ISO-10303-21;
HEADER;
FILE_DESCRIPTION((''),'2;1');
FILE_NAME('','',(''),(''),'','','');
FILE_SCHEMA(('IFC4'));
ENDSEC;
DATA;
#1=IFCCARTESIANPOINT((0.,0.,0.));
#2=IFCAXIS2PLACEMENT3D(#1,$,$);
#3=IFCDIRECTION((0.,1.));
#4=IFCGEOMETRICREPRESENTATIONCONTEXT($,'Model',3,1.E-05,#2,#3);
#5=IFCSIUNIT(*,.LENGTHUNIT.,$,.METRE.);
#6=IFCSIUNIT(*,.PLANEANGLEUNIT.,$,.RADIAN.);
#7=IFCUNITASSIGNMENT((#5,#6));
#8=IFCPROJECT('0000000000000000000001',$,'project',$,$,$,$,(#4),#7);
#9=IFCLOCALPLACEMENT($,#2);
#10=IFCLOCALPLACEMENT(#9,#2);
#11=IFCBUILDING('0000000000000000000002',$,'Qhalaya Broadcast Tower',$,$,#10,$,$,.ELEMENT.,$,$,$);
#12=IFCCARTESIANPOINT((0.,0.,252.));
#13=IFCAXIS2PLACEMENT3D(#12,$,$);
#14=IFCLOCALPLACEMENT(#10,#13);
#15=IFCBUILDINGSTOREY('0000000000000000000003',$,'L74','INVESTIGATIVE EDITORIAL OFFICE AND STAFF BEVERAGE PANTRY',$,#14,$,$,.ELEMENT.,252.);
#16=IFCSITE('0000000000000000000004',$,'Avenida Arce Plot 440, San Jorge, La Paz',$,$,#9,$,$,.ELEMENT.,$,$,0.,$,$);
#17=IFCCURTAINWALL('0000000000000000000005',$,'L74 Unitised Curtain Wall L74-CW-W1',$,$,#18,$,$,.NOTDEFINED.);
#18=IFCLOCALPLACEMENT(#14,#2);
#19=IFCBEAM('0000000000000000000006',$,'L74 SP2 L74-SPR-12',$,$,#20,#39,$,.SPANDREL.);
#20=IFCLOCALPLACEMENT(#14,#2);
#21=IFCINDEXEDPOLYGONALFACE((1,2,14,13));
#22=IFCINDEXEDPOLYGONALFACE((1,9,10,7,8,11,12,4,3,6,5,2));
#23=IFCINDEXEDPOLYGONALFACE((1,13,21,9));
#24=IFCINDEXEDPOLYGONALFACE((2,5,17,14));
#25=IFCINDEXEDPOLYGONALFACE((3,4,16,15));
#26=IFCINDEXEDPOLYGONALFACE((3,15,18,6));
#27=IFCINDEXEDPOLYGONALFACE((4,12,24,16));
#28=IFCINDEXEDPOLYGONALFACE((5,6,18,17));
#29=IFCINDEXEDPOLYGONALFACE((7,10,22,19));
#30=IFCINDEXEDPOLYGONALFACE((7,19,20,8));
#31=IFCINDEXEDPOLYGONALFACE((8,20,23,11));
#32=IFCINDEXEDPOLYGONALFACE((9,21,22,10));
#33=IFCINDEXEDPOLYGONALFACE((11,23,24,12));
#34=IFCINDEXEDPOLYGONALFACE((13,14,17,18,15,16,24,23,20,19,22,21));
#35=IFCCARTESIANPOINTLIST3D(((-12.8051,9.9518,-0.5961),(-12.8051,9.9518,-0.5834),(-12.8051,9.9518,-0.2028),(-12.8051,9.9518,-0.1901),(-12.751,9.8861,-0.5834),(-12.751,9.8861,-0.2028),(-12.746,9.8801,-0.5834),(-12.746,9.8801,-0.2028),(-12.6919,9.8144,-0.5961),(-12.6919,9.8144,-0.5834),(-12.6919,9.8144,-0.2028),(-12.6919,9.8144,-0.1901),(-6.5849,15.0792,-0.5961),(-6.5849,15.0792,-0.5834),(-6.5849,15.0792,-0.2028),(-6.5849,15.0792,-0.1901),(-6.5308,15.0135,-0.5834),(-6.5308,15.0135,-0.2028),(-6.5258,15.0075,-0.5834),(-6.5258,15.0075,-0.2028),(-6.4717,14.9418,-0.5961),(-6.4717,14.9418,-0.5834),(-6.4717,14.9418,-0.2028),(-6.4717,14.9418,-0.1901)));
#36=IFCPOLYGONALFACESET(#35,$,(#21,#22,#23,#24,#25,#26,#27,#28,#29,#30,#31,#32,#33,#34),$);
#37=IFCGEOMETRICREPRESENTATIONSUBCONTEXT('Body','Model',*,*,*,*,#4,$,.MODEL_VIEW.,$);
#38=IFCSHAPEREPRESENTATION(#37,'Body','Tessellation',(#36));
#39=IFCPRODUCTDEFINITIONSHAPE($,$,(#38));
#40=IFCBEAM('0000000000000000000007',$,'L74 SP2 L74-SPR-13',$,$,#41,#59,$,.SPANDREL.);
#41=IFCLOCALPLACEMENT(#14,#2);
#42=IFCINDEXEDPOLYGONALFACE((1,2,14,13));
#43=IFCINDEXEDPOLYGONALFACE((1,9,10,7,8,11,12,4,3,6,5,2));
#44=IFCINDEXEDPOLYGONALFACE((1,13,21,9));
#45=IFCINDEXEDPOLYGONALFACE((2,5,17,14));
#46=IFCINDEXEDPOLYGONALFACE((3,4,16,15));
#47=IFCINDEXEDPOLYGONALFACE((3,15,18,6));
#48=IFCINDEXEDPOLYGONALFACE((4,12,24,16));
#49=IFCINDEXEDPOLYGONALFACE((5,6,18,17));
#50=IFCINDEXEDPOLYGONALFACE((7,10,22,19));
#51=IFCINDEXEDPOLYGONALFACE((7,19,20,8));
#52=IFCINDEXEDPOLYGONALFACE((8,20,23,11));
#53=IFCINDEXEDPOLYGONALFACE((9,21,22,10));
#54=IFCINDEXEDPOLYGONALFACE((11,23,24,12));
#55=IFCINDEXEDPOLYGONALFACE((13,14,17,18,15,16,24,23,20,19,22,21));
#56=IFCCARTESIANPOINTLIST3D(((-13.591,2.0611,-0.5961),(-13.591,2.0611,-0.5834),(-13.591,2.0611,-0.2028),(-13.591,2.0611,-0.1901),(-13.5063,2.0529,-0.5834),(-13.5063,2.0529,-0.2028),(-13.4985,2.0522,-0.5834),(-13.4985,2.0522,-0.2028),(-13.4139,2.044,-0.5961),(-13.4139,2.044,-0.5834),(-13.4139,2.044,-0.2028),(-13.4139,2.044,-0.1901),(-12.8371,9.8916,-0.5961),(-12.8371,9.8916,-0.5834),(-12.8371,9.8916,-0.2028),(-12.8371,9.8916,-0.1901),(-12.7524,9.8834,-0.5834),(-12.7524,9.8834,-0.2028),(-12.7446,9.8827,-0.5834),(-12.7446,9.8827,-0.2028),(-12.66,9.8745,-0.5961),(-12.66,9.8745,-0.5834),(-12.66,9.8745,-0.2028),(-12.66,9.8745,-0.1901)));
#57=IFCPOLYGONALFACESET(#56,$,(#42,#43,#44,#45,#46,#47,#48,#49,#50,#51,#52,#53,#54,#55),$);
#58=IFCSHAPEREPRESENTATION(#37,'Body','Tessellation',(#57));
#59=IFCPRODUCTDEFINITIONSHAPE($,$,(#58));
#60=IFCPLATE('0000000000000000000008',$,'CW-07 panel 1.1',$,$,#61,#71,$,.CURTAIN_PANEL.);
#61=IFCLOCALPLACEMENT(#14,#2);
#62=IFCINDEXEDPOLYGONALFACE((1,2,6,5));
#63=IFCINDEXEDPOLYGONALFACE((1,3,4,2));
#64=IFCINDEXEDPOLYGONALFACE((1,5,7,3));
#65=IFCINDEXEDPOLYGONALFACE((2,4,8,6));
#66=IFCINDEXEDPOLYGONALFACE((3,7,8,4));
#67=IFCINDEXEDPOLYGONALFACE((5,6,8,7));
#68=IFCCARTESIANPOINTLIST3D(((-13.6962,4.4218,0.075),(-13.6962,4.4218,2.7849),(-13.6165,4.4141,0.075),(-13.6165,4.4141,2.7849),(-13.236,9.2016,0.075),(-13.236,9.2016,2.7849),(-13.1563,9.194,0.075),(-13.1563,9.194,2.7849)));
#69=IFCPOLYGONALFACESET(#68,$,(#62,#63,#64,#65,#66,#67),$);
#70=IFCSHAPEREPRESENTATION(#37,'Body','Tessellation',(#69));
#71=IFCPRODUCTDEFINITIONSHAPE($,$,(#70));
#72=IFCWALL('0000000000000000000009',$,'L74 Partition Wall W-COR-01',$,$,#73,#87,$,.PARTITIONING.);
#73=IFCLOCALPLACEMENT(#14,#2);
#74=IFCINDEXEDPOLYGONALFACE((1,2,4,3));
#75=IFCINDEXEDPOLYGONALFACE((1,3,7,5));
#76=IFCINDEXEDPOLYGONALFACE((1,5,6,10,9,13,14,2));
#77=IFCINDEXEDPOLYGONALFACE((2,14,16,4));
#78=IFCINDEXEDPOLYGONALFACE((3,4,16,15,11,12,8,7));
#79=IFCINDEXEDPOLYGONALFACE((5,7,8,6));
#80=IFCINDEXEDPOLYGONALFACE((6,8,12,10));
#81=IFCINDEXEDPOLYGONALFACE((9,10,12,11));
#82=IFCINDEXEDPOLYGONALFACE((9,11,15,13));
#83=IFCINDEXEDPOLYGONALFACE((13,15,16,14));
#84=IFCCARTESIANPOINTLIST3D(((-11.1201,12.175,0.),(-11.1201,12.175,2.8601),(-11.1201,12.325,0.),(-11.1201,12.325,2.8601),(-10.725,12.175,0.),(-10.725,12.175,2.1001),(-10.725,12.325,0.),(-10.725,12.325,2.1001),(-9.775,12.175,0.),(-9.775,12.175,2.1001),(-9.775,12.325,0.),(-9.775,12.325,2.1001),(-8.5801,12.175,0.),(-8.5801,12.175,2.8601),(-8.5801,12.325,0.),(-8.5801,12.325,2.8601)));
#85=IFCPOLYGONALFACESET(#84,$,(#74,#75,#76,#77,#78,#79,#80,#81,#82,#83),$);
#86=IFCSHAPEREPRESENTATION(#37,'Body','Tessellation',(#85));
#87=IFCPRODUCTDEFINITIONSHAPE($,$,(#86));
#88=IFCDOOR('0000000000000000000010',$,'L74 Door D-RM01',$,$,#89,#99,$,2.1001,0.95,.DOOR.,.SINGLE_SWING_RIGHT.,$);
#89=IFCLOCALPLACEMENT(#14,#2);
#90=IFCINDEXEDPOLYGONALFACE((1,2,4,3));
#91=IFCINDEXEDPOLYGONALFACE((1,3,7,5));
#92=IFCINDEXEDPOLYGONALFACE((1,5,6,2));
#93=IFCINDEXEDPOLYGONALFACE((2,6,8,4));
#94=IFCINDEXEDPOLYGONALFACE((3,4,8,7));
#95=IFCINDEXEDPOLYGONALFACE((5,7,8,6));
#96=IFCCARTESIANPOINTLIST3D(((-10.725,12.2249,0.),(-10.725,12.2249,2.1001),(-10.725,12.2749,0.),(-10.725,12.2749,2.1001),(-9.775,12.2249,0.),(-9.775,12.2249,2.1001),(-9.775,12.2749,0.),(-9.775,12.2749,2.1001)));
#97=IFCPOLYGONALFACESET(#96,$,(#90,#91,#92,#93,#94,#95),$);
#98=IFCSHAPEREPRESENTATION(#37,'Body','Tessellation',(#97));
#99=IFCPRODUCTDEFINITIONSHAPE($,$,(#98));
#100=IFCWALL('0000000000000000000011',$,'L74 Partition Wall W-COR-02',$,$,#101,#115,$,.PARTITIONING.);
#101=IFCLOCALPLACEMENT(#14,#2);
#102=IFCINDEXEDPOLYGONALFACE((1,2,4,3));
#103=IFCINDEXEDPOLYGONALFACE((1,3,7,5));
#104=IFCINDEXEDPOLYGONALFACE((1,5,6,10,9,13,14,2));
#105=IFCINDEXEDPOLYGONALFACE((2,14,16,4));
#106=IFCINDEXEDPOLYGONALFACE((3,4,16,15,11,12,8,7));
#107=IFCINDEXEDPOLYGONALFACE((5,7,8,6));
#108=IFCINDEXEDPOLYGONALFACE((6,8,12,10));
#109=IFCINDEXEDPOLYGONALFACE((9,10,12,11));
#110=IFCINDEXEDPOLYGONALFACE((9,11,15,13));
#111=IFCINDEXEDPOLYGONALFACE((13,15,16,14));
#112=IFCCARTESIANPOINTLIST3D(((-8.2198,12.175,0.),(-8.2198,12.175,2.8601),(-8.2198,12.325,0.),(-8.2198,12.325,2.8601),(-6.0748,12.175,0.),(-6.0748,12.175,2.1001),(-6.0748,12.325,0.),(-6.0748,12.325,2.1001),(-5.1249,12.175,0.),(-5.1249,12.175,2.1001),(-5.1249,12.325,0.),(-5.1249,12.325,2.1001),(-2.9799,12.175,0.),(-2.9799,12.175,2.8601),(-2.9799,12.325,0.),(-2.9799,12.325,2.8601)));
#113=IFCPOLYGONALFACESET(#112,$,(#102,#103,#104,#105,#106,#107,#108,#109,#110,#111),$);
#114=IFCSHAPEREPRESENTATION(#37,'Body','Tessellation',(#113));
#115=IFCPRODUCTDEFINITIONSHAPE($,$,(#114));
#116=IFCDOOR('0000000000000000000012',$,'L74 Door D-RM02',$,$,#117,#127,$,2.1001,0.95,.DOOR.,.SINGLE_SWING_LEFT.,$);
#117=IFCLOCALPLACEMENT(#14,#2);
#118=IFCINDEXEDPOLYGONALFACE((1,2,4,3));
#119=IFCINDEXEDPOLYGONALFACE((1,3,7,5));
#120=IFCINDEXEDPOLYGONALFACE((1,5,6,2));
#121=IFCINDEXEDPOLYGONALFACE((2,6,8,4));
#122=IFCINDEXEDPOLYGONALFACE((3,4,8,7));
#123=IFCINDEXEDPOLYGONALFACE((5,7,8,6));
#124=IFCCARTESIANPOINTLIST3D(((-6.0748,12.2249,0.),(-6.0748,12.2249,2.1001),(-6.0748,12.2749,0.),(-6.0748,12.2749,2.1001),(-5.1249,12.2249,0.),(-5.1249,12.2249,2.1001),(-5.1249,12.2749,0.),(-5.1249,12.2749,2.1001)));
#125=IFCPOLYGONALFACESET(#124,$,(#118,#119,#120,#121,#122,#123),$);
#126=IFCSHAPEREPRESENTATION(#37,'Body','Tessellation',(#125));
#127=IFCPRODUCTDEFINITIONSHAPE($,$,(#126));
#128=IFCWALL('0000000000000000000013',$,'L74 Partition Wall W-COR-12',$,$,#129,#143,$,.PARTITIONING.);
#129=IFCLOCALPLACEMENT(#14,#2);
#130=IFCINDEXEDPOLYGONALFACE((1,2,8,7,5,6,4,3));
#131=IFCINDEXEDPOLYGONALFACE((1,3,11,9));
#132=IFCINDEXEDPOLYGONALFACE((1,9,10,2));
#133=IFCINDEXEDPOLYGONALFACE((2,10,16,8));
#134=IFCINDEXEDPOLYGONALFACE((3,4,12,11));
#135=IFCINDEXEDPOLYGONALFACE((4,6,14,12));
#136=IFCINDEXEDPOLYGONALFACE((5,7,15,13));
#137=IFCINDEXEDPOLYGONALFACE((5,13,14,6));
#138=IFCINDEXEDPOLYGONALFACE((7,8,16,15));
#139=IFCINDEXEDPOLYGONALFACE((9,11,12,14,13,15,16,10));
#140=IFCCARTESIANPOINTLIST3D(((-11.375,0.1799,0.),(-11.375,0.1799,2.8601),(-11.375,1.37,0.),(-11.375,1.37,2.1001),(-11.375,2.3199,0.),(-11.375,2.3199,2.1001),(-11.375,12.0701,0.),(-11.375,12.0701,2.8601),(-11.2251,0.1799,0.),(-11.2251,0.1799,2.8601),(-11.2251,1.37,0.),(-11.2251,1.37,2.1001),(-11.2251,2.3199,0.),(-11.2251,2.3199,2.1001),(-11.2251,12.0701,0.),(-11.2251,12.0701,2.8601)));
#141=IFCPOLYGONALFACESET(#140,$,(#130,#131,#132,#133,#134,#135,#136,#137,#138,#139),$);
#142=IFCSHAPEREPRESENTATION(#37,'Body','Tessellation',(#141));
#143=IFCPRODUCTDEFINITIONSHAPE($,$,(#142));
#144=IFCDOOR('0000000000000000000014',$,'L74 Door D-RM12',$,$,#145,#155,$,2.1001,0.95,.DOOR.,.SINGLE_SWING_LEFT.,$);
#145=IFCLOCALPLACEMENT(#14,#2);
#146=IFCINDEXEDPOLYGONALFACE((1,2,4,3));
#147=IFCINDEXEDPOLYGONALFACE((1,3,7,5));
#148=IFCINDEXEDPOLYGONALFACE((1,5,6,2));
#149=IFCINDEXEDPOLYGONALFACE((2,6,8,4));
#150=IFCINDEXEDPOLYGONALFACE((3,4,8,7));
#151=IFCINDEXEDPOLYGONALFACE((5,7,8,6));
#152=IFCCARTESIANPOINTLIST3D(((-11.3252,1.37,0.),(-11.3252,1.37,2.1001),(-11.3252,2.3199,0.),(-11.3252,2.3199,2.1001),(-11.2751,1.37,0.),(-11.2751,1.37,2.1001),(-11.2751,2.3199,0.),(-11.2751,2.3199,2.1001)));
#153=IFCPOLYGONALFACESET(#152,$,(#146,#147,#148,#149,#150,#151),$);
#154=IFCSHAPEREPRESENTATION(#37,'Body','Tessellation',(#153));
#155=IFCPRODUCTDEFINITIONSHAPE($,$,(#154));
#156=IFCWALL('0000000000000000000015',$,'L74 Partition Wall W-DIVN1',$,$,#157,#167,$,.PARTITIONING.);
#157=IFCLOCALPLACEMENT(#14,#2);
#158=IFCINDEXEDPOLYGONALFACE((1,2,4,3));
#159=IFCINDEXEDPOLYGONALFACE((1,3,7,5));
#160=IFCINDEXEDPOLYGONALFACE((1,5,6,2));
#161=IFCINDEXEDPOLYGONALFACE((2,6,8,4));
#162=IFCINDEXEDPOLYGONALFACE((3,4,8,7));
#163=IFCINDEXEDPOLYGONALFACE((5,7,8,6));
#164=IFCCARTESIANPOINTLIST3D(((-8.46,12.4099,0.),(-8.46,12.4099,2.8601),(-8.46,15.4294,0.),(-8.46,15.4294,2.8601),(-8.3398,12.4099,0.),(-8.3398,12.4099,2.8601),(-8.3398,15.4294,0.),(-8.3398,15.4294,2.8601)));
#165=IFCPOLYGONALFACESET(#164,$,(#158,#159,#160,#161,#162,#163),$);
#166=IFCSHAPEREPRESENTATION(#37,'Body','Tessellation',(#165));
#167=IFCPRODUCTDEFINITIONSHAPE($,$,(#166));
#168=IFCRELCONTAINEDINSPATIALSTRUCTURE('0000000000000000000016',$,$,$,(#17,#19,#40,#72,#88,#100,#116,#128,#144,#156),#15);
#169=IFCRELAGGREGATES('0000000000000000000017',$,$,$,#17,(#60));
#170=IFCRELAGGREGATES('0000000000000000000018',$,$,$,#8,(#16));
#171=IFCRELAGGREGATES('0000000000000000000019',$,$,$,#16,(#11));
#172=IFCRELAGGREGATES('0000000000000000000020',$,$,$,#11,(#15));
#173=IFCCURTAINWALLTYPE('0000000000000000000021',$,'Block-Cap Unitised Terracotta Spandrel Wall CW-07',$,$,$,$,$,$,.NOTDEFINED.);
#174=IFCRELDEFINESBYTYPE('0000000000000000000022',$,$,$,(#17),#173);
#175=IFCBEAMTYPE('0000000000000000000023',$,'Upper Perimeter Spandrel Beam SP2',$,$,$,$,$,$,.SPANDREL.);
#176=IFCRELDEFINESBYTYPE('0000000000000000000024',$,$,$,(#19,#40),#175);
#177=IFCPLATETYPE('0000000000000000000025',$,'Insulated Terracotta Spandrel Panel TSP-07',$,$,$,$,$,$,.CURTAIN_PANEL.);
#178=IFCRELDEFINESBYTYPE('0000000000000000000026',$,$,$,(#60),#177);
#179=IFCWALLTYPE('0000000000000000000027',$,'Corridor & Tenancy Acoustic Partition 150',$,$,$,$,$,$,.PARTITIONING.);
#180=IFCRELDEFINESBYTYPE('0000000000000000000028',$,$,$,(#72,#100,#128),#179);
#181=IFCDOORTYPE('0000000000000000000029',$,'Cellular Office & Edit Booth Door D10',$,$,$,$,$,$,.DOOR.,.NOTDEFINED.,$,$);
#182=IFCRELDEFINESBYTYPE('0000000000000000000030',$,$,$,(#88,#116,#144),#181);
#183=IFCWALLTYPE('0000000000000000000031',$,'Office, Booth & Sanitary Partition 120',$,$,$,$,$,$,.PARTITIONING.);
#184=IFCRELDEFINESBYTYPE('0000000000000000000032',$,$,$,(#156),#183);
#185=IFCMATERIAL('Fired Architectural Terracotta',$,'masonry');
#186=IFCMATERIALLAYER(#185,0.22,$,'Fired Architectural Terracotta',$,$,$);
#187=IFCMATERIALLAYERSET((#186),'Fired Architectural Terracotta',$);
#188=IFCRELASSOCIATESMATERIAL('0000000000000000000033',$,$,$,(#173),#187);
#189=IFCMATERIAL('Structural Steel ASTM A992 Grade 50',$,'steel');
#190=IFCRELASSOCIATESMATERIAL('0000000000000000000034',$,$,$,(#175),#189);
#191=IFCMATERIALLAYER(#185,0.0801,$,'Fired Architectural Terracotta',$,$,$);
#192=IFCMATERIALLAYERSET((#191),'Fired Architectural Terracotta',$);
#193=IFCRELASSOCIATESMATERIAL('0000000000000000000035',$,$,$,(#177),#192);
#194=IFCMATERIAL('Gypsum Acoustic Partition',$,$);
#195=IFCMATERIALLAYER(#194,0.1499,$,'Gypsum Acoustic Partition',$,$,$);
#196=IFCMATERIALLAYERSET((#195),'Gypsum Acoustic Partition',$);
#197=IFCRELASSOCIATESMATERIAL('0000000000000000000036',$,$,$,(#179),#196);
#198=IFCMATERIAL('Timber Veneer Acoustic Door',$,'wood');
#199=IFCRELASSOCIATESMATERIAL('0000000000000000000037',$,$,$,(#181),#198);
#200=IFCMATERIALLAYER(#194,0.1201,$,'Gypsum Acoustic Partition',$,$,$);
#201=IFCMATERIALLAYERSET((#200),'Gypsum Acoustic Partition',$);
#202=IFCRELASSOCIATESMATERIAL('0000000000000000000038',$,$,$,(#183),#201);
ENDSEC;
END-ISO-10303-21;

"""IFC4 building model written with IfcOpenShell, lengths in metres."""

from ifc_helpers import new_model, si_unit, direction, frame, frame_2d, origin, origin_2d, place, context, subcontext, project, spatial, rectangle, i_section, extrude, material, layer, layer_set, material_profile, profile_set, type_object, element, fill, aggregate, save


model = new_model("IFC4")

# Units and contexts
model_context = context("Model", 3, precision=1e-05, world=origin(), true_north=direction((0.0, 1.0)))
body_context = subcontext(model_context, "Body", "Model", "MODEL_VIEW")
ifc_project = project(units=[si_unit("LENGTHUNIT", "METRE"), si_unit("PLANEANGLEUNIT", "RADIAN")], contexts=[model_context])

# Site, building, storey
site_placement = place(None, origin())
site = spatial("IfcSite", under=ifc_project, at=site_placement, Name="Avenida Arce Plot 440, San Jorge, La Paz", CompositionType="ELEMENT", RefElevation=0.0)
building_placement = place(site_placement, origin())
building = spatial("IfcBuilding", under=site, at=building_placement, Name="Qhalaya Broadcast Tower", CompositionType="ELEMENT")
storey_placement = place(building_placement, frame((0.0, 0.0, 252.0)))
storey = spatial("IfcBuildingStorey", under=building, at=storey_placement, Name="L74", Description="INVESTIGATIVE EDITORIAL OFFICE AND STAFF BEVERAGE PANTRY", CompositionType="ELEMENT", Elevation=252.0)

# Shared definitions
ifc_material_1 = material(Name="Structural Steel ASTM A992 Grade 50", Category="steel")

# Curtain wall
ifc_material_2 = material(Name="Fired Architectural Terracotta", Category="masonry")
ifc_layer_1 = layer(ifc_material_2, 0.22, Name="Fired Architectural Terracotta")
ifc_layer_set_1 = layer_set([ifc_layer_1], Name="Fired Architectural Terracotta")
curtain_wall_type = type_object("IfcCurtainWallType", Name="Block-Cap Unitised Terracotta Spandrel Wall CW-07", PredefinedType="NOTDEFINED", material=ifc_layer_set_1)
curtain_wall_placement = place(storey_placement, origin())
curtain_wall = element("IfcCurtainWall", 1, at=curtain_wall_placement, inside=storey, type_object=curtain_wall_type, Name="L74 Unitised Curtain Wall L74-CW-W1", PredefinedType="NOTDEFINED")

# Beams
ifc_material_profile_1 = material_profile(ifc_material_1, i_section(OverallWidth=0.178, OverallDepth=0.406, WebThickness=0.0078, FlangeThickness=0.0127, at=origin_2d()), Name="W16X40")
ifc_profile_set_1 = profile_set([ifc_material_profile_1], Name="Structural Steel ASTM A992 Grade 50")
beam_type_1 = type_object("IfcBeamType", Name="Upper Perimeter Spandrel Beam SP2", PredefinedType="SPANDREL", material=ifc_profile_set_1)
beam_1_placement = place(storey_placement, frame((-6.5283, 15.0105, -0.3931), z_axis=(-0.771631, -0.63607, 0.0), x_axis=(0.63607, -0.771631, 0.0)))
element("IfcBeam", 2, at=beam_1_placement, inside=storey, type_object=beam_type_1, Name="L74 SP2 L74-SPR-12", PredefinedType="SPANDREL", context=body_context, shape_type="SweptSolid", body=[
    extrude(i_section(OverallWidth=0.178, OverallDepth=0.406, WebThickness=0.0078, FlangeThickness=0.0127, at=origin_2d()), origin(), (0.0, 0.0, 1.0), 8.061),
])
beam_2_placement = place(storey_placement, frame((-12.7485, 9.8831, -0.3931), z_axis=(-0.095834, -0.995397, 0.0), x_axis=(0.995397, -0.095834, 0.0)))
element("IfcBeam", 3, at=beam_2_placement, inside=storey, type_object=beam_type_1, Name="L74 SP2 L74-SPR-13", PredefinedType="SPANDREL", context=body_context, shape_type="SweptSolid", body=[
    extrude(i_section(OverallWidth=0.178, OverallDepth=0.406, WebThickness=0.0078, FlangeThickness=0.0127, at=origin_2d()), origin(), (0.0, 0.0, 1.0), 7.8667),
])

# Plate
ifc_layer_2 = layer(ifc_material_2, 0.0801, Name="Fired Architectural Terracotta")
ifc_layer_set_2 = layer_set([ifc_layer_2], Name="Fired Architectural Terracotta")
plate_type = type_object("IfcPlateType", Name="Insulated Terracotta Spandrel Panel TSP-07", PredefinedType="CURTAIN_PANEL", material=ifc_layer_set_2)
plate_placement = place(storey_placement, frame((-13.4263, 6.8079, 0.075), z_axis=(0.0, 0.0, 1.0), x_axis=(-0.09584, -0.995397, 0.0)))
plate = element("IfcPlate", 4, at=plate_placement, type_object=plate_type, Name="CW-07 panel 1.1", PredefinedType="CURTAIN_PANEL", context=body_context, shape_type="SweptSolid", body=[
    extrude(rectangle(XDim=4.802, YDim=0.0801, at=origin_2d()), origin(), (0.0, 0.0, 1.0), 2.71),
])
aggregate(curtain_wall, [plate])

# Walls, openings, doors
ifc_material_3 = material(Name="Gypsum Acoustic Partition")
ifc_layer_3 = layer(ifc_material_3, 0.1499, Name="Gypsum Acoustic Partition")
ifc_layer_set_3 = layer_set([ifc_layer_3], Name="Gypsum Acoustic Partition")
wall_type_1 = type_object("IfcWallType", Name="Corridor & Tenancy Acoustic Partition 150", PredefinedType="PARTITIONING", material=ifc_layer_set_3)
wall_1_placement = place(storey_placement, frame((-11.1201, 12.25, 0.0), z_axis=(0.0, 0.0, 1.0), x_axis=(1.0, 0.0, 0.0)))
wall_1 = element("IfcWall", 5, at=wall_1_placement, inside=storey, type_object=wall_type_1, Name="L74 Partition Wall W-COR-01", PredefinedType="PARTITIONING", context=body_context, shape_type="SweptSolid", body=[
    extrude(rectangle(XDim=2.54, YDim=0.1499, at=frame_2d((1.27, 0.0))), origin(), (0.0, 0.0, 1.0), 2.8601),
])
opening_1_placement = place(wall_1_placement, frame((0.395, 0.0, 0.0)))
opening_1 = element("IfcOpeningElement", 6, at=opening_1_placement, cuts=wall_1, PredefinedType="OPENING", context=body_context, shape_type="SweptSolid", body=[
    extrude(rectangle(XDim=0.95, YDim=2.1001, at=frame_2d((0.4751, 1.05))), frame((0.0, 0.0869, 0.0), z_axis=(0.0, -1.0, 0.0), x_axis=(1.0, 0.0, 0.0)), (0.0, 0.0, 1.0), 0.1738),
])
ifc_material_4 = material(Name="Timber Veneer Acoustic Door", Category="wood")
door_type = type_object("IfcDoorType", Name="Cellular Office & Edit Booth Door D10", OperationType="NOTDEFINED", PredefinedType="DOOR", material=ifc_material_4)
door_1_placement = place(opening_1_placement, origin())
door_1 = element("IfcDoor", 7, at=door_1_placement, inside=storey, type_object=door_type, Name="L74 Door D-RM01", OperationType="SINGLE_SWING_RIGHT", OverallHeight=2.1001, OverallWidth=0.95, PredefinedType="DOOR", context=body_context, shape_type="SweptSolid", body=[
    extrude(rectangle(XDim=0.95, YDim=2.1001, at=frame_2d((0.4751, 1.05))), frame((0.0, 0.0249, 0.0), z_axis=(0.0, -1.0, 0.0), x_axis=(1.0, 0.0, 0.0)), (0.0, 0.0, 1.0), 0.05),
])
fill(opening_1, door_1)
wall_2_placement = place(storey_placement, frame((-8.22, 12.25, 0.0), z_axis=(0.0, 0.0, 1.0), x_axis=(1.0, 0.0, 0.0)))
wall_2 = element("IfcWall", 8, at=wall_2_placement, inside=storey, type_object=wall_type_1, Name="L74 Partition Wall W-COR-02", PredefinedType="PARTITIONING", context=body_context, shape_type="SweptSolid", body=[
    extrude(rectangle(XDim=5.24, YDim=0.1499, at=frame_2d((2.6201, 0.0))), origin(), (0.0, 0.0, 1.0), 2.8601),
])
opening_2_placement = place(wall_2_placement, frame((2.145, 0.0, 0.0)))
opening_2 = element("IfcOpeningElement", 9, at=opening_2_placement, cuts=wall_2, PredefinedType="OPENING", context=body_context, shape_type="SweptSolid", body=[
    extrude(rectangle(XDim=0.95, YDim=2.1001, at=frame_2d((0.4751, 1.05))), frame((0.0, 0.0869, 0.0), z_axis=(0.0, -1.0, 0.0), x_axis=(1.0, 0.0, 0.0)), (0.0, 0.0, 1.0), 0.1738),
])
door_2_placement = place(opening_2_placement, origin())
door_2 = element("IfcDoor", 10, at=door_2_placement, inside=storey, type_object=door_type, Name="L74 Door D-RM02", OperationType="SINGLE_SWING_LEFT", OverallHeight=2.1001, OverallWidth=0.95, PredefinedType="DOOR", context=body_context, shape_type="SweptSolid", body=[
    extrude(rectangle(XDim=0.95, YDim=2.1001, at=frame_2d((0.4751, 1.05))), frame((0.0, 0.0249, 0.0), z_axis=(0.0, -1.0, 0.0), x_axis=(1.0, 0.0, 0.0)), (0.0, 0.0, 1.0), 0.05),
])
fill(opening_2, door_2)
wall_3_placement = place(storey_placement, frame((-11.3, 12.0701, 0.0), z_axis=(0.0, 0.0, 1.0), x_axis=(0.0, -1.0, 0.0)))
wall_3 = element("IfcWall", 11, at=wall_3_placement, inside=storey, type_object=wall_type_1, Name="L74 Partition Wall W-COR-12", PredefinedType="PARTITIONING", context=body_context, shape_type="SweptSolid", body=[
    extrude(rectangle(XDim=11.8901, YDim=0.1499, at=frame_2d((5.9451, 0.0))), origin(), (0.0, 0.0, 1.0), 2.8601),
])
opening_3_placement = place(wall_3_placement, frame((9.75, 0.0, 0.0)))
opening_3 = element("IfcOpeningElement", 12, at=opening_3_placement, cuts=wall_3, PredefinedType="OPENING", context=body_context, shape_type="SweptSolid", body=[
    extrude(rectangle(XDim=0.95, YDim=2.1001, at=frame_2d((0.4751, 1.05))), frame((0.0, 0.0869, 0.0), z_axis=(0.0, -1.0, 0.0), x_axis=(1.0, 0.0, 0.0)), (0.0, 0.0, 1.0), 0.1738),
])
door_3_placement = place(opening_3_placement, origin())
door_3 = element("IfcDoor", 13, at=door_3_placement, inside=storey, type_object=door_type, Name="L74 Door D-RM12", OperationType="SINGLE_SWING_LEFT", OverallHeight=2.1001, OverallWidth=0.95, PredefinedType="DOOR", context=body_context, shape_type="SweptSolid", body=[
    extrude(rectangle(XDim=0.95, YDim=2.1001, at=frame_2d((0.4751, 1.05))), frame((0.0, 0.0249, 0.0), z_axis=(0.0, -1.0, 0.0), x_axis=(1.0, 0.0, 0.0)), (0.0, 0.0, 1.0), 0.05),
])
fill(opening_3, door_3)

# Wall
ifc_layer_4 = layer(ifc_material_3, 0.1201, Name="Gypsum Acoustic Partition")
ifc_layer_set_4 = layer_set([ifc_layer_4], Name="Gypsum Acoustic Partition")
wall_type_2 = type_object("IfcWallType", Name="Office, Booth & Sanitary Partition 120", PredefinedType="PARTITIONING", material=ifc_layer_set_4)
wall_4_placement = place(storey_placement, frame((-8.3999, 12.4099, 0.0), z_axis=(0.0, 0.0, 1.0), x_axis=(0.0, 1.0, 0.0)))
element("IfcWall", 14, at=wall_4_placement, inside=storey, type_object=wall_type_2, Name="L74 Partition Wall W-DIVN1", PredefinedType="PARTITIONING", context=body_context, shape_type="SweptSolid", body=[
    extrude(rectangle(XDim=3.0195, YDim=0.1201, at=frame_2d((1.5098, 0.0))), origin(), (0.0, 0.0, 1.0), 2.8601),
])

save(model, "model.ifc")
